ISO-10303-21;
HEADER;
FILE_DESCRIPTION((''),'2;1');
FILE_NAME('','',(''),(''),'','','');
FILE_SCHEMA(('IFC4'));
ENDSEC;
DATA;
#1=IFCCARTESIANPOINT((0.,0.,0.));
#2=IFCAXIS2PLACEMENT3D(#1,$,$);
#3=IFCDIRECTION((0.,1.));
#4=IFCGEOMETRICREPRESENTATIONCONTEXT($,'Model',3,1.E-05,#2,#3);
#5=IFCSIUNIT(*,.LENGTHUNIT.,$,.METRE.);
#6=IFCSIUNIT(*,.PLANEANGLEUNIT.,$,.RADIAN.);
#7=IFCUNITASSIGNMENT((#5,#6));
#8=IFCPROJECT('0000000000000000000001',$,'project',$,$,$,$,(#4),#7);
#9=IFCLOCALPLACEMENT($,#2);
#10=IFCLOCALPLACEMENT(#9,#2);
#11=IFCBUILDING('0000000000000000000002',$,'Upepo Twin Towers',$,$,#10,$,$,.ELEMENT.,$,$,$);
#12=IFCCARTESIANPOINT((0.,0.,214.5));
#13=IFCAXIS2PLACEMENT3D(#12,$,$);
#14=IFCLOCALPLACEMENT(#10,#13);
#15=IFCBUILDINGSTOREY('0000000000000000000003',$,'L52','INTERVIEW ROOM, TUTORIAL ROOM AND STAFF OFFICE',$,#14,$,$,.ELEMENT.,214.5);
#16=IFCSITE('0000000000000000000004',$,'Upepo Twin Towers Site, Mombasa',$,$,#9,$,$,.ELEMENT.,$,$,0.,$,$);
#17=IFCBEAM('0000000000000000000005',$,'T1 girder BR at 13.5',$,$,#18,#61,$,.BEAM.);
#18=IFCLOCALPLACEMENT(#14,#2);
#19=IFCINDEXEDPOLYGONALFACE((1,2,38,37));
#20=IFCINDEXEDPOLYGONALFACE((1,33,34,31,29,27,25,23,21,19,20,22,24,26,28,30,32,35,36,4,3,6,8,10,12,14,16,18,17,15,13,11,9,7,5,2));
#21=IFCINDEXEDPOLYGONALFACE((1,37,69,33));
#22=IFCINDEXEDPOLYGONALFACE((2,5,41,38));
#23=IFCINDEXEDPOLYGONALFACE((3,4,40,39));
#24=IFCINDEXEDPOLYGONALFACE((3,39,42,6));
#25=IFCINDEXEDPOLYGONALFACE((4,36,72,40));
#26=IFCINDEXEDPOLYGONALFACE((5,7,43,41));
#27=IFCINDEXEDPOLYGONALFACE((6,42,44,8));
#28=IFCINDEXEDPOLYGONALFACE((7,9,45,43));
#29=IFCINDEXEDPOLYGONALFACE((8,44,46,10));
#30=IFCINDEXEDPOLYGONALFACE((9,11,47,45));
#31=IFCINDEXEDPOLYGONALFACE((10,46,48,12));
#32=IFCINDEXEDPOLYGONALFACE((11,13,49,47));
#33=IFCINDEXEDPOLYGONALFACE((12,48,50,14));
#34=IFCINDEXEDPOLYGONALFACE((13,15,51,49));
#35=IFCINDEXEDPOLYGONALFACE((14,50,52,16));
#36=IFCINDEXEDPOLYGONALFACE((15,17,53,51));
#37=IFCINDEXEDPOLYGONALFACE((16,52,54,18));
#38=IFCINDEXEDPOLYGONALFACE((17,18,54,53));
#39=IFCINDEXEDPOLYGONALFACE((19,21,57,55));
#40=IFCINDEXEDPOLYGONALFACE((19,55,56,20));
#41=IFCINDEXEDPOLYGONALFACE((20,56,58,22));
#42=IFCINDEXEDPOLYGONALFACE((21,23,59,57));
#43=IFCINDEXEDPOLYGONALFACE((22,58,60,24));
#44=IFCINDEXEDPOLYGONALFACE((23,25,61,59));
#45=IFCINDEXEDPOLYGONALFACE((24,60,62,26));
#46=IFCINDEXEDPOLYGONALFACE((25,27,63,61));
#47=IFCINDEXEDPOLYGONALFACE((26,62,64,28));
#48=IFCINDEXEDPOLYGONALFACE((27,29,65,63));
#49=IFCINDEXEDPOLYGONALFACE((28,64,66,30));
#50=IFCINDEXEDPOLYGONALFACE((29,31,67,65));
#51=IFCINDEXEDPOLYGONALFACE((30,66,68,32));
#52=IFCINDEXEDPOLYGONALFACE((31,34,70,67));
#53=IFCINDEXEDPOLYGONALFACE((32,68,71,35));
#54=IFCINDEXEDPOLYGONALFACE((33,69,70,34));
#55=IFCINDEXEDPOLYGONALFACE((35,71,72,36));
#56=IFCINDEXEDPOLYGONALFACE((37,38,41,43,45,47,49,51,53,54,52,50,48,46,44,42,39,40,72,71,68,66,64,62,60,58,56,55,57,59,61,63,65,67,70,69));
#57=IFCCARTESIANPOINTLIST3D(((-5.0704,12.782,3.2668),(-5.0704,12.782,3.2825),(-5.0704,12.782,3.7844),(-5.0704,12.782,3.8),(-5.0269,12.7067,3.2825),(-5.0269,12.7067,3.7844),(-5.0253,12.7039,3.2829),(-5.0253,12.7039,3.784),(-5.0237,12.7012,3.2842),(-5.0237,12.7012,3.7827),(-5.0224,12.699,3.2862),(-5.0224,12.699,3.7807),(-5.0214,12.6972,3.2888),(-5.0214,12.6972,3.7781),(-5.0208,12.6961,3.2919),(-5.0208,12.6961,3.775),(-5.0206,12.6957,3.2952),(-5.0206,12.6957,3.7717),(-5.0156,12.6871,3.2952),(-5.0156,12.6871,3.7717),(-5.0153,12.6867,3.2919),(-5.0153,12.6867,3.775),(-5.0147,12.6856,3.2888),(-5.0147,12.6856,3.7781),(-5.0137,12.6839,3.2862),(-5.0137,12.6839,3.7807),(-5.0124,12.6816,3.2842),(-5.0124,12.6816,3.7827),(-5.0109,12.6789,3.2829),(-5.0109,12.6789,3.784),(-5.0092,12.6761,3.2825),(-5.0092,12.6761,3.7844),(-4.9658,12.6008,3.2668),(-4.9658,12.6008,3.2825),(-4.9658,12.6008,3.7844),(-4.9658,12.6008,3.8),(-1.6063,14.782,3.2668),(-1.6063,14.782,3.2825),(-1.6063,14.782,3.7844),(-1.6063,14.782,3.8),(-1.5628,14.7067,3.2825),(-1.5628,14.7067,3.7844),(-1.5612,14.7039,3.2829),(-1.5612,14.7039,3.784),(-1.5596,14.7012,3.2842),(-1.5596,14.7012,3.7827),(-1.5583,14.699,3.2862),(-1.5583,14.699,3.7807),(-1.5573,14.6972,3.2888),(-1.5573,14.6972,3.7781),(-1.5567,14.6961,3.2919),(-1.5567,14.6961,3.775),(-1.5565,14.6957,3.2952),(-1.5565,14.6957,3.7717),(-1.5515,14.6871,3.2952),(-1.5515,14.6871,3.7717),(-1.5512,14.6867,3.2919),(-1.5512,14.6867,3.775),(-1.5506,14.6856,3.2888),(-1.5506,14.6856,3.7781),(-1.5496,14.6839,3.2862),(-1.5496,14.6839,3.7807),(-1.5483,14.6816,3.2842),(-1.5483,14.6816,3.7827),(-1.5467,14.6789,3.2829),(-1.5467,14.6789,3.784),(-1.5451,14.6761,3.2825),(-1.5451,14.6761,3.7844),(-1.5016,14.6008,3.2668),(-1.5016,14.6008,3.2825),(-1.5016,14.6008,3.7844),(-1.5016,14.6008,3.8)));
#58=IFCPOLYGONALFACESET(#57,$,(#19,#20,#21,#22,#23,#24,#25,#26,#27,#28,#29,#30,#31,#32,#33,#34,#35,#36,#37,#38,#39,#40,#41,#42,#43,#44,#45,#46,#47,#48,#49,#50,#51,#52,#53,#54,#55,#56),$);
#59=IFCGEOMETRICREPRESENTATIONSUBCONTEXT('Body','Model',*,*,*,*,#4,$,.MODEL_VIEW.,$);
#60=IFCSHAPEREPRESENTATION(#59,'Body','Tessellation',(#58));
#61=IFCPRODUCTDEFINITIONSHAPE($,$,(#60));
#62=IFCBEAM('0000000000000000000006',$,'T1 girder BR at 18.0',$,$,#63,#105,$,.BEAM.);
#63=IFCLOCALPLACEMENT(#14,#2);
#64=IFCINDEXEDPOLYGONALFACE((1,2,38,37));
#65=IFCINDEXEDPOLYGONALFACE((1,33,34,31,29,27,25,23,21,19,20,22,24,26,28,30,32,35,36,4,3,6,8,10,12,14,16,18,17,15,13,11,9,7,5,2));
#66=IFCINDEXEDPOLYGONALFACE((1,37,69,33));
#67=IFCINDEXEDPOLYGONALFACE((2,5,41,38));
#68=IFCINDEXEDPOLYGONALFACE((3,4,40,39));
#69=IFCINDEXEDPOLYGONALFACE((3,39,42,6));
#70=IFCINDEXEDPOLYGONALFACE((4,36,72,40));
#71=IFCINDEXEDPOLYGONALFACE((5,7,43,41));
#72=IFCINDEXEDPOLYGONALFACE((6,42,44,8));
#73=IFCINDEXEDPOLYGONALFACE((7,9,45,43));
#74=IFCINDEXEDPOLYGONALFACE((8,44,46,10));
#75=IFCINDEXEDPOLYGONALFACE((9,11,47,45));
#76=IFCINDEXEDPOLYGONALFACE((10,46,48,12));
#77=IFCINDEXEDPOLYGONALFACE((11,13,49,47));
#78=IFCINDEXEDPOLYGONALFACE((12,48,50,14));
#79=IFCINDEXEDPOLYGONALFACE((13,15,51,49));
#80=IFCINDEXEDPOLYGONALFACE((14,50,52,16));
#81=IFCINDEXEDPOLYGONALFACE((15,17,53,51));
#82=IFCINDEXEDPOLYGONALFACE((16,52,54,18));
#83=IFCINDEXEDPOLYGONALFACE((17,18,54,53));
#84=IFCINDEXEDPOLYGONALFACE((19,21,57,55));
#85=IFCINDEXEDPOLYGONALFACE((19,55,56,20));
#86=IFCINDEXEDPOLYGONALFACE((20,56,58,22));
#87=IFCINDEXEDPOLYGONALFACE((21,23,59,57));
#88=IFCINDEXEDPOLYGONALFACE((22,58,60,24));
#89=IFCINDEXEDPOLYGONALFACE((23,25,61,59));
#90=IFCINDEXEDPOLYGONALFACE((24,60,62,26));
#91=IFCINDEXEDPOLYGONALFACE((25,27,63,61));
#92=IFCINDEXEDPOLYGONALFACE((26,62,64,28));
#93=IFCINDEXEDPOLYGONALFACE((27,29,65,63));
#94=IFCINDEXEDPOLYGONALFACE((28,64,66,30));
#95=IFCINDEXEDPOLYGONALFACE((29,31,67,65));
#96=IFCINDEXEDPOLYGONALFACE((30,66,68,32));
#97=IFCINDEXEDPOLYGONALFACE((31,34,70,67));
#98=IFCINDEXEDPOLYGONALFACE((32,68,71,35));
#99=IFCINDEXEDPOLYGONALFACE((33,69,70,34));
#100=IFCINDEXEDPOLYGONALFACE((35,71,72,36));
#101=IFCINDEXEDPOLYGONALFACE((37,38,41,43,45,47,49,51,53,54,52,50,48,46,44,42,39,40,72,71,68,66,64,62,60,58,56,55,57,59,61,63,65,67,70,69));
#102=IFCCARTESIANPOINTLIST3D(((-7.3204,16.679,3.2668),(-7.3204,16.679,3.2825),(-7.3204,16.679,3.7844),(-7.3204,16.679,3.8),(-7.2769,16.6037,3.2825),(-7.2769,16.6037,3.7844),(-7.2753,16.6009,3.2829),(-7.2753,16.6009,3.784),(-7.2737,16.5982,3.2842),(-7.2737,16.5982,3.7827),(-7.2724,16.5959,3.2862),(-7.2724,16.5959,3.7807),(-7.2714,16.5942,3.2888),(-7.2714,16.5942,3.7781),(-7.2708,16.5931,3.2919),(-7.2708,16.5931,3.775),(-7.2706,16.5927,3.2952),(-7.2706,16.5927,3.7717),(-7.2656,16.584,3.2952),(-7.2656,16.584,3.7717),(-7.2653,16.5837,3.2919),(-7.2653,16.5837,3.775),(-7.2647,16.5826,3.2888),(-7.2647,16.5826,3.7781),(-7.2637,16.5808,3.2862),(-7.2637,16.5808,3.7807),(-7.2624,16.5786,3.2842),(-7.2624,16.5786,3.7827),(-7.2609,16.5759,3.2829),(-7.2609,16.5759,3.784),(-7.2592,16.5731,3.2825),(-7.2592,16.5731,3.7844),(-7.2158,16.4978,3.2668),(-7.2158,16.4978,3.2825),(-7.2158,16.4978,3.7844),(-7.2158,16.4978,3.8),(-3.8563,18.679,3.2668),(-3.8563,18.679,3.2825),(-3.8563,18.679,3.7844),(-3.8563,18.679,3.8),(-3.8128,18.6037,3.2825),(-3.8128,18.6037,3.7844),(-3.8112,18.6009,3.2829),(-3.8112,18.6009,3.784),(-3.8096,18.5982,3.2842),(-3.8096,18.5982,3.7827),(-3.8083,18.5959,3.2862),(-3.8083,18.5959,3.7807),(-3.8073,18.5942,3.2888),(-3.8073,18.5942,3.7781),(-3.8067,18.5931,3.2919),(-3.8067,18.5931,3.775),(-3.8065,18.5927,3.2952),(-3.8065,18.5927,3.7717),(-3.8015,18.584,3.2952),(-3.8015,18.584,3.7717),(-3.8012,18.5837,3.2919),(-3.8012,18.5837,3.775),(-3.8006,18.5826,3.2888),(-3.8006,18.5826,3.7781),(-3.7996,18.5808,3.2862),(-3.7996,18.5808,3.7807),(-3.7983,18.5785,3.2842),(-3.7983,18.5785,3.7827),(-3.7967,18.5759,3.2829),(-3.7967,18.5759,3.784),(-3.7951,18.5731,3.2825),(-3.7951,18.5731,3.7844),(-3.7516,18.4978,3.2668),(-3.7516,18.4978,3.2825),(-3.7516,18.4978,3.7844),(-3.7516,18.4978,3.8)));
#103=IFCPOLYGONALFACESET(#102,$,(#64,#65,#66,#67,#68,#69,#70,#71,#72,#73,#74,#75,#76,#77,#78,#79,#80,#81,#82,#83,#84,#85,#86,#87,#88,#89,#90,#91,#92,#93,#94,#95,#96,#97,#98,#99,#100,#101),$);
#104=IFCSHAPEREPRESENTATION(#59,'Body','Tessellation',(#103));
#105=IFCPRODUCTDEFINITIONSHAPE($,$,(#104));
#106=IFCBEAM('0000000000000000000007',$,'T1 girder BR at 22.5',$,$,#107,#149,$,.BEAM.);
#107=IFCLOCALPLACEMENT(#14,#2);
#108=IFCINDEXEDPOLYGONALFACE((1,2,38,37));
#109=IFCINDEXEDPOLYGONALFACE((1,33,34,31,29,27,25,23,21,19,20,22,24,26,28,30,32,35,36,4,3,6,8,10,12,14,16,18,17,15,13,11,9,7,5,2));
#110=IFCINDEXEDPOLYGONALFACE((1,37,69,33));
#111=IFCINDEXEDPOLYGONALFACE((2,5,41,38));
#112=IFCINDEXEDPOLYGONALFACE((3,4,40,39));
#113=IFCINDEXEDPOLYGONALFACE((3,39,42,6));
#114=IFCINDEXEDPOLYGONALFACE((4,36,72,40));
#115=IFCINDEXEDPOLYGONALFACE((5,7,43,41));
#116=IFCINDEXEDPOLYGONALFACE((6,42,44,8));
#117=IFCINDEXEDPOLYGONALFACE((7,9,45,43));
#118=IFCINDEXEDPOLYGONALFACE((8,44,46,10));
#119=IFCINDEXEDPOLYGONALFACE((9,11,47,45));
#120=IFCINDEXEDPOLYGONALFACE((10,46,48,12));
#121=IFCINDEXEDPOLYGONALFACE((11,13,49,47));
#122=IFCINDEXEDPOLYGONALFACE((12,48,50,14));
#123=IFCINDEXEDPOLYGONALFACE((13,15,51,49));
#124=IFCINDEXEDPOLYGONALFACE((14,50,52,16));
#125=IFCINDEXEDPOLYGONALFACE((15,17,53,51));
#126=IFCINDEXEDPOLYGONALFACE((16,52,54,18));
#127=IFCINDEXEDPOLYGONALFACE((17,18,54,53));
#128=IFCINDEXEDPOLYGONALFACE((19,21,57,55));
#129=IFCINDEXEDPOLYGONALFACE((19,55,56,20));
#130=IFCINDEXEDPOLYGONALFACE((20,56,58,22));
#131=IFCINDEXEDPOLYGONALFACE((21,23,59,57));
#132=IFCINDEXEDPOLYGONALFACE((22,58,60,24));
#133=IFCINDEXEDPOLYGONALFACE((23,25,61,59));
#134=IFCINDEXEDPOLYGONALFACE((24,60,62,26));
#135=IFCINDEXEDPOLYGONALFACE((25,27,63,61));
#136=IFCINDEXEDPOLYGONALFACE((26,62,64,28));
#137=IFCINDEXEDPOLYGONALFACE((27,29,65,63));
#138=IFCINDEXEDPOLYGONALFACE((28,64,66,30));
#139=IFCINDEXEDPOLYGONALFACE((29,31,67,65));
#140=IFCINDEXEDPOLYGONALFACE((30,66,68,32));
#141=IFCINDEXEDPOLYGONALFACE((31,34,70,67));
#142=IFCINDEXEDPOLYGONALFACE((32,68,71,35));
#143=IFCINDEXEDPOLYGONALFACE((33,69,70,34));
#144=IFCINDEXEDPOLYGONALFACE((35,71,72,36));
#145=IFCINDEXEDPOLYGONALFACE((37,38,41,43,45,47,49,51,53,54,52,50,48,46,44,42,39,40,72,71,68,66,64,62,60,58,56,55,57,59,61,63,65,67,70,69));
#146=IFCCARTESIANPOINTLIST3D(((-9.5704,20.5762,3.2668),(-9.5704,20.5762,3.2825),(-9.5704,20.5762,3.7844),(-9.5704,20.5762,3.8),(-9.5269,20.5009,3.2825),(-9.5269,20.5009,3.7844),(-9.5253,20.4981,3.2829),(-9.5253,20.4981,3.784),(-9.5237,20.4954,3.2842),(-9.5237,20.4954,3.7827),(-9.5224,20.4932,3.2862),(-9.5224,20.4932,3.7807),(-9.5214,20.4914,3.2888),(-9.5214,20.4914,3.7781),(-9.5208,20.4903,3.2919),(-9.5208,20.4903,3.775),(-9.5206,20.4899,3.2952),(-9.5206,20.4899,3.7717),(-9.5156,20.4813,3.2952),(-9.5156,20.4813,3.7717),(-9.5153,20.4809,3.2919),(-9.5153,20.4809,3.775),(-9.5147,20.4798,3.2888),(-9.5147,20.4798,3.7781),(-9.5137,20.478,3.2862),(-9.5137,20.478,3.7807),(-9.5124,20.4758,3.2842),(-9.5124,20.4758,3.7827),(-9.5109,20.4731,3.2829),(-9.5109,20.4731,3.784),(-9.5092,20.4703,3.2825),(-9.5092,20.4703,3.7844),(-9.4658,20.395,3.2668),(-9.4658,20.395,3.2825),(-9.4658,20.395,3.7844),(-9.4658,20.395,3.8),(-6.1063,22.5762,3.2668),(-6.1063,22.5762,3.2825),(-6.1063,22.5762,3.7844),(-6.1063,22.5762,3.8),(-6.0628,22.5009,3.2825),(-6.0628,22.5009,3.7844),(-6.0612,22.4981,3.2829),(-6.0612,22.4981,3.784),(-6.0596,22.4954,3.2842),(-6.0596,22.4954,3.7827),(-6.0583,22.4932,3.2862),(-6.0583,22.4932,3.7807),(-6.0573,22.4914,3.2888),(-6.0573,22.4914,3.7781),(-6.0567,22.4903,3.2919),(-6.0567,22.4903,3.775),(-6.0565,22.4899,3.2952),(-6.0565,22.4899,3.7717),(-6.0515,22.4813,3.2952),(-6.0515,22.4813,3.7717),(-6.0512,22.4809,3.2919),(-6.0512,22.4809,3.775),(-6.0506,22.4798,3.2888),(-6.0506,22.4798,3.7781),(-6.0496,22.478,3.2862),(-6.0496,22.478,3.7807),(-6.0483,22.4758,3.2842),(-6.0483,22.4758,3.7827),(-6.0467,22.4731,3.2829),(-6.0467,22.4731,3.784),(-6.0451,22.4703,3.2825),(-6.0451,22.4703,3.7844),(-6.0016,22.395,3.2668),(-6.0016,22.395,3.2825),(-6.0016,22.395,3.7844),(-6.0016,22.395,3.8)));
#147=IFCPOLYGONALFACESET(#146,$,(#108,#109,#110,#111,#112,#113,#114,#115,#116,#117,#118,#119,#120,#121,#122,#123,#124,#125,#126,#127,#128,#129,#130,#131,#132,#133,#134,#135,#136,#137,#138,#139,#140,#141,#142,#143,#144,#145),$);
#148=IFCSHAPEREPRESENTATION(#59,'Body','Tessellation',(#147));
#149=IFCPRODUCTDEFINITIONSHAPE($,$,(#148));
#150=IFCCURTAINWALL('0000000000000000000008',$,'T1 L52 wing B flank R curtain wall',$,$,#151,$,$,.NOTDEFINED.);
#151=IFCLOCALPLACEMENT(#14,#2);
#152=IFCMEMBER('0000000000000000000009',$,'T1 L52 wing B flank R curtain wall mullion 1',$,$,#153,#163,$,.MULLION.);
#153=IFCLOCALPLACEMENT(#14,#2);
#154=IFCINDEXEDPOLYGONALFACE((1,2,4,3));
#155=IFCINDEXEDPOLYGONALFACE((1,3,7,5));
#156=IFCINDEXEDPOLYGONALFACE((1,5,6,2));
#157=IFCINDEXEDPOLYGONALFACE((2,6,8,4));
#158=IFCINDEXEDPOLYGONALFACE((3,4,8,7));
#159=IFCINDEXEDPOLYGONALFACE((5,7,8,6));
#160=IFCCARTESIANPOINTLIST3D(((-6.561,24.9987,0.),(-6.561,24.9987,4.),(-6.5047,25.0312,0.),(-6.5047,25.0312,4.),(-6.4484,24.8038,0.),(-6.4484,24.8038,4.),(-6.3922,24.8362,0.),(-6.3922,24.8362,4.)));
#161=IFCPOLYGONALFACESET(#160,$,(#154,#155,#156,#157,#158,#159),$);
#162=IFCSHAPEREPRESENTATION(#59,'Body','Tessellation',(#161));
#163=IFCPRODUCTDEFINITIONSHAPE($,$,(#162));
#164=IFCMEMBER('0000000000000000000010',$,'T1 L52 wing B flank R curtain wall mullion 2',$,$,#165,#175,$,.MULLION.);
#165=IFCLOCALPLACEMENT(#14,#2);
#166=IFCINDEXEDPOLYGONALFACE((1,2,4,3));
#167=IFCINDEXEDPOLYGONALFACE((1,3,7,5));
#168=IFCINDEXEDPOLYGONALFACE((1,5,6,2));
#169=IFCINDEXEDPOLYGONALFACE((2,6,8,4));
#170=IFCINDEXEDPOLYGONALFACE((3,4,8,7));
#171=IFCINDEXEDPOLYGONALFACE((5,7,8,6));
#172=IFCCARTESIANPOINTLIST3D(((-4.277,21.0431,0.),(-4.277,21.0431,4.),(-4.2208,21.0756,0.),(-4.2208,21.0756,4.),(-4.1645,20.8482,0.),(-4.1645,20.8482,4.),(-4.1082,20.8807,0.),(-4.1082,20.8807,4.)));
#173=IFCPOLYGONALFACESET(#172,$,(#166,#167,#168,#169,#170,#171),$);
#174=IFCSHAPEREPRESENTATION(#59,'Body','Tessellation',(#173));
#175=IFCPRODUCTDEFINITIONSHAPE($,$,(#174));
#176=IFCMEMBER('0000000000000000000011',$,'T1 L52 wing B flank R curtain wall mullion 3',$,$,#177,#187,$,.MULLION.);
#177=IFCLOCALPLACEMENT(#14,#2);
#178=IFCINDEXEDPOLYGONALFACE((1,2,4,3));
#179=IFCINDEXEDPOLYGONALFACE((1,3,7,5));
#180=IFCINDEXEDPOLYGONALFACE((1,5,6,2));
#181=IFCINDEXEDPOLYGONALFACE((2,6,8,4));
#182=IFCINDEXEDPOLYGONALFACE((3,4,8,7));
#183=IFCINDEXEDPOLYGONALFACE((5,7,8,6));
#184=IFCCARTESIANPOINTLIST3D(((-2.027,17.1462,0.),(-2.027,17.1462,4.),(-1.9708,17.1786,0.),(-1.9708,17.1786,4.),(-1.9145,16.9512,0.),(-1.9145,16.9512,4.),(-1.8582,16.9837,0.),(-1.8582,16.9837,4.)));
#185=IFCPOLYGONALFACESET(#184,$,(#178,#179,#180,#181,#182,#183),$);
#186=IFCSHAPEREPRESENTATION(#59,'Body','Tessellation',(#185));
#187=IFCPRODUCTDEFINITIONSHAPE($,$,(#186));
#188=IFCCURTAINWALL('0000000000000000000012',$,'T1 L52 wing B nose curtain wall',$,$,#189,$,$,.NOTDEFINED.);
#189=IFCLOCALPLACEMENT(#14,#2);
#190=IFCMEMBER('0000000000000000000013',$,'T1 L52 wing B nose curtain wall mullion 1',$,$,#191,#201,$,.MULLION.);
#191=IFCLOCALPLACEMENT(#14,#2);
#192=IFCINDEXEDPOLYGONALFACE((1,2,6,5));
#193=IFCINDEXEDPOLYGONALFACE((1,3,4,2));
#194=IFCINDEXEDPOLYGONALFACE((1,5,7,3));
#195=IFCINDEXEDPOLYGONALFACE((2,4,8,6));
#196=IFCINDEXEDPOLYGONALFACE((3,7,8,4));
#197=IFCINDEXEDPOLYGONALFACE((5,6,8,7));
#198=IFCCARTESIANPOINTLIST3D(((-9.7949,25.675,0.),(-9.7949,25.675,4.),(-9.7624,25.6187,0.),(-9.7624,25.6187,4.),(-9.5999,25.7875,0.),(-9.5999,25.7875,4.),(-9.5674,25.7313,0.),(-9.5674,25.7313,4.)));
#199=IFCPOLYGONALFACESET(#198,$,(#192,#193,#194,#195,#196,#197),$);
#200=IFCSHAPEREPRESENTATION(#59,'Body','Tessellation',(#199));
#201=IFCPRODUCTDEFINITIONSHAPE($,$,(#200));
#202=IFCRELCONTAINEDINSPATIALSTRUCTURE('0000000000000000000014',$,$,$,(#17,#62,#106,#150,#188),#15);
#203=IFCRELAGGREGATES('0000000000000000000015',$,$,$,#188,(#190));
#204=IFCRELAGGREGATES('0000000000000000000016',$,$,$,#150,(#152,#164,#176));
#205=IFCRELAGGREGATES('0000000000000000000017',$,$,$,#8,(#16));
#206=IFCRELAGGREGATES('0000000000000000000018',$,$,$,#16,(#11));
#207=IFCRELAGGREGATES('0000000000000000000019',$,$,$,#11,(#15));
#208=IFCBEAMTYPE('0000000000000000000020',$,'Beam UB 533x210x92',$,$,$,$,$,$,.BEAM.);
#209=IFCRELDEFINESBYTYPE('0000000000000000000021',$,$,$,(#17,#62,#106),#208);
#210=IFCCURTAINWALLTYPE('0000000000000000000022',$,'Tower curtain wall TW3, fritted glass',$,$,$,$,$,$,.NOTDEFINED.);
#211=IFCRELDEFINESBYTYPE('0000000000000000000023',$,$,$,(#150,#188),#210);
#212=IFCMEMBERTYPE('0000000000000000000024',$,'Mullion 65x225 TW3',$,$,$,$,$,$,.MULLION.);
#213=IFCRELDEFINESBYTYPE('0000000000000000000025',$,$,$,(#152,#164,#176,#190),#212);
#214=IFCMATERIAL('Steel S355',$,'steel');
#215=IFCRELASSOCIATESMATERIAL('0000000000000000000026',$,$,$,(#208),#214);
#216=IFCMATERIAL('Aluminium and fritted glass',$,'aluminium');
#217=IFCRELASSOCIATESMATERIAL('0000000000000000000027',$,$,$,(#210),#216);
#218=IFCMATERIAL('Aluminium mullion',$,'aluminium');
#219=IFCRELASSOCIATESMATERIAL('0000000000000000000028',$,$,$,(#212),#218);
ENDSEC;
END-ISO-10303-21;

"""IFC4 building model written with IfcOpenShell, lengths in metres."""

from ifc_helpers import new_model, si_unit, direction, frame, origin, origin_2d, place, context, subcontext, project, spatial, rectangle, i_section, extrude, material, material_profile, profile_set, type_object, element, aggregate, save


model = new_model("IFC4")

# Units and contexts
model_context = context("Model", 3, precision=1e-05, world=origin(), true_north=direction((0.0, 1.0)))
body_context = subcontext(model_context, "Body", "Model", "MODEL_VIEW")
ifc_project = project(units=[si_unit("LENGTHUNIT", "METRE"), si_unit("PLANEANGLEUNIT", "RADIAN")], contexts=[model_context])

# Site, building, storey
site_placement = place(None, origin())
site = spatial("IfcSite", under=ifc_project, at=site_placement, Name="Upepo Twin Towers Site, Mombasa", CompositionType="ELEMENT", RefElevation=0.0)
building_placement = place(site_placement, origin())
building = spatial("IfcBuilding", under=site, at=building_placement, Name="Upepo Twin Towers", CompositionType="ELEMENT")
storey_placement = place(building_placement, frame((0.0, 0.0, 214.5)))
storey = spatial("IfcBuildingStorey", under=building, at=storey_placement, Name="L52", Description="INTERVIEW ROOM, TUTORIAL ROOM AND STAFF OFFICE", CompositionType="ELEMENT", Elevation=214.5)

# Beams
ifc_material_1 = material(Name="Steel S355", Category="steel")
ifc_material_profile_1 = material_profile(ifc_material_1, i_section(OverallWidth=0.2092, OverallDepth=0.5332, WebThickness=0.01, FlangeThickness=0.0156, FilletRadius=0.0127, at=origin_2d()), Name="UB 533x210x92")
ifc_profile_set_1 = profile_set([ifc_material_profile_1], Name="Steel S355")
beam_type_1 = type_object("IfcBeamType", Name="Beam UB 533x210x92", PredefinedType="BEAM", material=ifc_profile_set_1)
for number, where, z_axis, x_axis, name in (
    (1, (-1.554, 14.6914, 3.5334), (-0.866026, -0.499999, 0.0), (0.499999, -0.866026, 0.0), "T1 girder BR at 13.5"),
    (2, (-3.804, 18.5884, 3.5334), (-0.866026, -0.499999, 0.0), (0.499999, -0.866026, 0.0), "T1 girder BR at 18.0"),
    (3, (-6.054, 22.4856, 3.5334), (-0.866026, -0.499999, 0.0), (0.499999, -0.866026, 0.0), "T1 girder BR at 22.5"),
):
    element("IfcBeam", number, at=place(storey_placement, frame(where, z_axis=z_axis, x_axis=x_axis)), inside=storey, type_object=beam_type_1, Name=name, PredefinedType="BEAM", context=body_context, shape_type="SweptSolid", body=[
        extrude(i_section(OverallWidth=0.2092, OverallDepth=0.5332, WebThickness=0.01, FlangeThickness=0.0156, FilletRadius=0.0127, at=origin_2d()), origin(), (0.0, 0.0, 1.0), 4.0),
    ])

# Curtain wall, members
ifc_material_2 = material(Name="Aluminium and fritted glass", Category="aluminium")
curtain_wall_type = type_object("IfcCurtainWallType", Name="Tower curtain wall TW3, fritted glass", PredefinedType="NOTDEFINED", material=ifc_material_2)
curtain_wall_1_placement = place(storey_placement, origin())
curtain_wall_1 = element("IfcCurtainWall", 4, at=curtain_wall_1_placement, inside=storey, type_object=curtain_wall_type, Name="T1 L52 wing B flank R curtain wall", PredefinedType="NOTDEFINED")
ifc_material_3 = material(Name="Aluminium mullion", Category="aluminium")
ifc_material_profile_2 = material_profile(ifc_material_3, rectangle(XDim=0.0649, YDim=0.2251, at=origin_2d()), Name="MULLION 65x225")
ifc_profile_set_2 = profile_set([ifc_material_profile_2], Name="Aluminium mullion")
member_type_1 = type_object("IfcMemberType", Name="Mullion 65x225 TW3", PredefinedType="MULLION", material=ifc_profile_set_2)
member_1_placement = place(storey_placement, frame((-6.4766, 24.9175, 0.0), z_axis=(0.0, 0.0, 1.0), x_axis=(0.866025, 0.5, 0.0)))
member_1 = element("IfcMember", 5, at=member_1_placement, type_object=member_type_1, Name="T1 L52 wing B flank R curtain wall mullion 1", PredefinedType="MULLION", context=body_context, shape_type="SweptSolid", body=[
    extrude(rectangle(XDim=0.0649, YDim=0.2251, at=origin_2d()), origin(), (0.0, 0.0, 1.0), 4.0),
])
member_2_placement = place(storey_placement, frame((-4.1926, 20.9619, 0.0), z_axis=(0.0, 0.0, 1.0), x_axis=(0.866025, 0.5, 0.0)))
member_2 = element("IfcMember", 6, at=member_2_placement, type_object=member_type_1, Name="T1 L52 wing B flank R curtain wall mullion 2", PredefinedType="MULLION", context=body_context, shape_type="SweptSolid", body=[
    extrude(rectangle(XDim=0.0649, YDim=0.2251, at=origin_2d()), origin(), (0.0, 0.0, 1.0), 4.0),
])
member_3_placement = place(storey_placement, frame((-1.9426, 17.0649, 0.0), z_axis=(0.0, 0.0, 1.0), x_axis=(0.866025, 0.5, 0.0)))
member_3 = element("IfcMember", 7, at=member_3_placement, type_object=member_type_1, Name="T1 L52 wing B flank R curtain wall mullion 3", PredefinedType="MULLION", context=body_context, shape_type="SweptSolid", body=[
    extrude(rectangle(XDim=0.0649, YDim=0.2251, at=origin_2d()), origin(), (0.0, 0.0, 1.0), 4.0),
])

# Curtain wall, member
curtain_wall_2_placement = place(storey_placement, origin())
curtain_wall_2 = element("IfcCurtainWall", 8, at=curtain_wall_2_placement, inside=storey, type_object=curtain_wall_type, Name="T1 L52 wing B nose curtain wall", PredefinedType="NOTDEFINED")
member_4_placement = place(storey_placement, frame((-9.6812, 25.7031, 0.0), z_axis=(0.0, 0.0, 1.0), x_axis=(0.5, -0.866025, 0.0)))
member_4 = element("IfcMember", 9, at=member_4_placement, type_object=member_type_1, Name="T1 L52 wing B nose curtain wall mullion 1", PredefinedType="MULLION", context=body_context, shape_type="SweptSolid", body=[
    extrude(rectangle(XDim=0.0649, YDim=0.2251, at=origin_2d()), origin(), (0.0, 0.0, 1.0), 4.0),
])

aggregate(curtain_wall_2, [member_4])

aggregate(curtain_wall_1, [member_1, member_2, member_3])

save(model, "model.ifc")
